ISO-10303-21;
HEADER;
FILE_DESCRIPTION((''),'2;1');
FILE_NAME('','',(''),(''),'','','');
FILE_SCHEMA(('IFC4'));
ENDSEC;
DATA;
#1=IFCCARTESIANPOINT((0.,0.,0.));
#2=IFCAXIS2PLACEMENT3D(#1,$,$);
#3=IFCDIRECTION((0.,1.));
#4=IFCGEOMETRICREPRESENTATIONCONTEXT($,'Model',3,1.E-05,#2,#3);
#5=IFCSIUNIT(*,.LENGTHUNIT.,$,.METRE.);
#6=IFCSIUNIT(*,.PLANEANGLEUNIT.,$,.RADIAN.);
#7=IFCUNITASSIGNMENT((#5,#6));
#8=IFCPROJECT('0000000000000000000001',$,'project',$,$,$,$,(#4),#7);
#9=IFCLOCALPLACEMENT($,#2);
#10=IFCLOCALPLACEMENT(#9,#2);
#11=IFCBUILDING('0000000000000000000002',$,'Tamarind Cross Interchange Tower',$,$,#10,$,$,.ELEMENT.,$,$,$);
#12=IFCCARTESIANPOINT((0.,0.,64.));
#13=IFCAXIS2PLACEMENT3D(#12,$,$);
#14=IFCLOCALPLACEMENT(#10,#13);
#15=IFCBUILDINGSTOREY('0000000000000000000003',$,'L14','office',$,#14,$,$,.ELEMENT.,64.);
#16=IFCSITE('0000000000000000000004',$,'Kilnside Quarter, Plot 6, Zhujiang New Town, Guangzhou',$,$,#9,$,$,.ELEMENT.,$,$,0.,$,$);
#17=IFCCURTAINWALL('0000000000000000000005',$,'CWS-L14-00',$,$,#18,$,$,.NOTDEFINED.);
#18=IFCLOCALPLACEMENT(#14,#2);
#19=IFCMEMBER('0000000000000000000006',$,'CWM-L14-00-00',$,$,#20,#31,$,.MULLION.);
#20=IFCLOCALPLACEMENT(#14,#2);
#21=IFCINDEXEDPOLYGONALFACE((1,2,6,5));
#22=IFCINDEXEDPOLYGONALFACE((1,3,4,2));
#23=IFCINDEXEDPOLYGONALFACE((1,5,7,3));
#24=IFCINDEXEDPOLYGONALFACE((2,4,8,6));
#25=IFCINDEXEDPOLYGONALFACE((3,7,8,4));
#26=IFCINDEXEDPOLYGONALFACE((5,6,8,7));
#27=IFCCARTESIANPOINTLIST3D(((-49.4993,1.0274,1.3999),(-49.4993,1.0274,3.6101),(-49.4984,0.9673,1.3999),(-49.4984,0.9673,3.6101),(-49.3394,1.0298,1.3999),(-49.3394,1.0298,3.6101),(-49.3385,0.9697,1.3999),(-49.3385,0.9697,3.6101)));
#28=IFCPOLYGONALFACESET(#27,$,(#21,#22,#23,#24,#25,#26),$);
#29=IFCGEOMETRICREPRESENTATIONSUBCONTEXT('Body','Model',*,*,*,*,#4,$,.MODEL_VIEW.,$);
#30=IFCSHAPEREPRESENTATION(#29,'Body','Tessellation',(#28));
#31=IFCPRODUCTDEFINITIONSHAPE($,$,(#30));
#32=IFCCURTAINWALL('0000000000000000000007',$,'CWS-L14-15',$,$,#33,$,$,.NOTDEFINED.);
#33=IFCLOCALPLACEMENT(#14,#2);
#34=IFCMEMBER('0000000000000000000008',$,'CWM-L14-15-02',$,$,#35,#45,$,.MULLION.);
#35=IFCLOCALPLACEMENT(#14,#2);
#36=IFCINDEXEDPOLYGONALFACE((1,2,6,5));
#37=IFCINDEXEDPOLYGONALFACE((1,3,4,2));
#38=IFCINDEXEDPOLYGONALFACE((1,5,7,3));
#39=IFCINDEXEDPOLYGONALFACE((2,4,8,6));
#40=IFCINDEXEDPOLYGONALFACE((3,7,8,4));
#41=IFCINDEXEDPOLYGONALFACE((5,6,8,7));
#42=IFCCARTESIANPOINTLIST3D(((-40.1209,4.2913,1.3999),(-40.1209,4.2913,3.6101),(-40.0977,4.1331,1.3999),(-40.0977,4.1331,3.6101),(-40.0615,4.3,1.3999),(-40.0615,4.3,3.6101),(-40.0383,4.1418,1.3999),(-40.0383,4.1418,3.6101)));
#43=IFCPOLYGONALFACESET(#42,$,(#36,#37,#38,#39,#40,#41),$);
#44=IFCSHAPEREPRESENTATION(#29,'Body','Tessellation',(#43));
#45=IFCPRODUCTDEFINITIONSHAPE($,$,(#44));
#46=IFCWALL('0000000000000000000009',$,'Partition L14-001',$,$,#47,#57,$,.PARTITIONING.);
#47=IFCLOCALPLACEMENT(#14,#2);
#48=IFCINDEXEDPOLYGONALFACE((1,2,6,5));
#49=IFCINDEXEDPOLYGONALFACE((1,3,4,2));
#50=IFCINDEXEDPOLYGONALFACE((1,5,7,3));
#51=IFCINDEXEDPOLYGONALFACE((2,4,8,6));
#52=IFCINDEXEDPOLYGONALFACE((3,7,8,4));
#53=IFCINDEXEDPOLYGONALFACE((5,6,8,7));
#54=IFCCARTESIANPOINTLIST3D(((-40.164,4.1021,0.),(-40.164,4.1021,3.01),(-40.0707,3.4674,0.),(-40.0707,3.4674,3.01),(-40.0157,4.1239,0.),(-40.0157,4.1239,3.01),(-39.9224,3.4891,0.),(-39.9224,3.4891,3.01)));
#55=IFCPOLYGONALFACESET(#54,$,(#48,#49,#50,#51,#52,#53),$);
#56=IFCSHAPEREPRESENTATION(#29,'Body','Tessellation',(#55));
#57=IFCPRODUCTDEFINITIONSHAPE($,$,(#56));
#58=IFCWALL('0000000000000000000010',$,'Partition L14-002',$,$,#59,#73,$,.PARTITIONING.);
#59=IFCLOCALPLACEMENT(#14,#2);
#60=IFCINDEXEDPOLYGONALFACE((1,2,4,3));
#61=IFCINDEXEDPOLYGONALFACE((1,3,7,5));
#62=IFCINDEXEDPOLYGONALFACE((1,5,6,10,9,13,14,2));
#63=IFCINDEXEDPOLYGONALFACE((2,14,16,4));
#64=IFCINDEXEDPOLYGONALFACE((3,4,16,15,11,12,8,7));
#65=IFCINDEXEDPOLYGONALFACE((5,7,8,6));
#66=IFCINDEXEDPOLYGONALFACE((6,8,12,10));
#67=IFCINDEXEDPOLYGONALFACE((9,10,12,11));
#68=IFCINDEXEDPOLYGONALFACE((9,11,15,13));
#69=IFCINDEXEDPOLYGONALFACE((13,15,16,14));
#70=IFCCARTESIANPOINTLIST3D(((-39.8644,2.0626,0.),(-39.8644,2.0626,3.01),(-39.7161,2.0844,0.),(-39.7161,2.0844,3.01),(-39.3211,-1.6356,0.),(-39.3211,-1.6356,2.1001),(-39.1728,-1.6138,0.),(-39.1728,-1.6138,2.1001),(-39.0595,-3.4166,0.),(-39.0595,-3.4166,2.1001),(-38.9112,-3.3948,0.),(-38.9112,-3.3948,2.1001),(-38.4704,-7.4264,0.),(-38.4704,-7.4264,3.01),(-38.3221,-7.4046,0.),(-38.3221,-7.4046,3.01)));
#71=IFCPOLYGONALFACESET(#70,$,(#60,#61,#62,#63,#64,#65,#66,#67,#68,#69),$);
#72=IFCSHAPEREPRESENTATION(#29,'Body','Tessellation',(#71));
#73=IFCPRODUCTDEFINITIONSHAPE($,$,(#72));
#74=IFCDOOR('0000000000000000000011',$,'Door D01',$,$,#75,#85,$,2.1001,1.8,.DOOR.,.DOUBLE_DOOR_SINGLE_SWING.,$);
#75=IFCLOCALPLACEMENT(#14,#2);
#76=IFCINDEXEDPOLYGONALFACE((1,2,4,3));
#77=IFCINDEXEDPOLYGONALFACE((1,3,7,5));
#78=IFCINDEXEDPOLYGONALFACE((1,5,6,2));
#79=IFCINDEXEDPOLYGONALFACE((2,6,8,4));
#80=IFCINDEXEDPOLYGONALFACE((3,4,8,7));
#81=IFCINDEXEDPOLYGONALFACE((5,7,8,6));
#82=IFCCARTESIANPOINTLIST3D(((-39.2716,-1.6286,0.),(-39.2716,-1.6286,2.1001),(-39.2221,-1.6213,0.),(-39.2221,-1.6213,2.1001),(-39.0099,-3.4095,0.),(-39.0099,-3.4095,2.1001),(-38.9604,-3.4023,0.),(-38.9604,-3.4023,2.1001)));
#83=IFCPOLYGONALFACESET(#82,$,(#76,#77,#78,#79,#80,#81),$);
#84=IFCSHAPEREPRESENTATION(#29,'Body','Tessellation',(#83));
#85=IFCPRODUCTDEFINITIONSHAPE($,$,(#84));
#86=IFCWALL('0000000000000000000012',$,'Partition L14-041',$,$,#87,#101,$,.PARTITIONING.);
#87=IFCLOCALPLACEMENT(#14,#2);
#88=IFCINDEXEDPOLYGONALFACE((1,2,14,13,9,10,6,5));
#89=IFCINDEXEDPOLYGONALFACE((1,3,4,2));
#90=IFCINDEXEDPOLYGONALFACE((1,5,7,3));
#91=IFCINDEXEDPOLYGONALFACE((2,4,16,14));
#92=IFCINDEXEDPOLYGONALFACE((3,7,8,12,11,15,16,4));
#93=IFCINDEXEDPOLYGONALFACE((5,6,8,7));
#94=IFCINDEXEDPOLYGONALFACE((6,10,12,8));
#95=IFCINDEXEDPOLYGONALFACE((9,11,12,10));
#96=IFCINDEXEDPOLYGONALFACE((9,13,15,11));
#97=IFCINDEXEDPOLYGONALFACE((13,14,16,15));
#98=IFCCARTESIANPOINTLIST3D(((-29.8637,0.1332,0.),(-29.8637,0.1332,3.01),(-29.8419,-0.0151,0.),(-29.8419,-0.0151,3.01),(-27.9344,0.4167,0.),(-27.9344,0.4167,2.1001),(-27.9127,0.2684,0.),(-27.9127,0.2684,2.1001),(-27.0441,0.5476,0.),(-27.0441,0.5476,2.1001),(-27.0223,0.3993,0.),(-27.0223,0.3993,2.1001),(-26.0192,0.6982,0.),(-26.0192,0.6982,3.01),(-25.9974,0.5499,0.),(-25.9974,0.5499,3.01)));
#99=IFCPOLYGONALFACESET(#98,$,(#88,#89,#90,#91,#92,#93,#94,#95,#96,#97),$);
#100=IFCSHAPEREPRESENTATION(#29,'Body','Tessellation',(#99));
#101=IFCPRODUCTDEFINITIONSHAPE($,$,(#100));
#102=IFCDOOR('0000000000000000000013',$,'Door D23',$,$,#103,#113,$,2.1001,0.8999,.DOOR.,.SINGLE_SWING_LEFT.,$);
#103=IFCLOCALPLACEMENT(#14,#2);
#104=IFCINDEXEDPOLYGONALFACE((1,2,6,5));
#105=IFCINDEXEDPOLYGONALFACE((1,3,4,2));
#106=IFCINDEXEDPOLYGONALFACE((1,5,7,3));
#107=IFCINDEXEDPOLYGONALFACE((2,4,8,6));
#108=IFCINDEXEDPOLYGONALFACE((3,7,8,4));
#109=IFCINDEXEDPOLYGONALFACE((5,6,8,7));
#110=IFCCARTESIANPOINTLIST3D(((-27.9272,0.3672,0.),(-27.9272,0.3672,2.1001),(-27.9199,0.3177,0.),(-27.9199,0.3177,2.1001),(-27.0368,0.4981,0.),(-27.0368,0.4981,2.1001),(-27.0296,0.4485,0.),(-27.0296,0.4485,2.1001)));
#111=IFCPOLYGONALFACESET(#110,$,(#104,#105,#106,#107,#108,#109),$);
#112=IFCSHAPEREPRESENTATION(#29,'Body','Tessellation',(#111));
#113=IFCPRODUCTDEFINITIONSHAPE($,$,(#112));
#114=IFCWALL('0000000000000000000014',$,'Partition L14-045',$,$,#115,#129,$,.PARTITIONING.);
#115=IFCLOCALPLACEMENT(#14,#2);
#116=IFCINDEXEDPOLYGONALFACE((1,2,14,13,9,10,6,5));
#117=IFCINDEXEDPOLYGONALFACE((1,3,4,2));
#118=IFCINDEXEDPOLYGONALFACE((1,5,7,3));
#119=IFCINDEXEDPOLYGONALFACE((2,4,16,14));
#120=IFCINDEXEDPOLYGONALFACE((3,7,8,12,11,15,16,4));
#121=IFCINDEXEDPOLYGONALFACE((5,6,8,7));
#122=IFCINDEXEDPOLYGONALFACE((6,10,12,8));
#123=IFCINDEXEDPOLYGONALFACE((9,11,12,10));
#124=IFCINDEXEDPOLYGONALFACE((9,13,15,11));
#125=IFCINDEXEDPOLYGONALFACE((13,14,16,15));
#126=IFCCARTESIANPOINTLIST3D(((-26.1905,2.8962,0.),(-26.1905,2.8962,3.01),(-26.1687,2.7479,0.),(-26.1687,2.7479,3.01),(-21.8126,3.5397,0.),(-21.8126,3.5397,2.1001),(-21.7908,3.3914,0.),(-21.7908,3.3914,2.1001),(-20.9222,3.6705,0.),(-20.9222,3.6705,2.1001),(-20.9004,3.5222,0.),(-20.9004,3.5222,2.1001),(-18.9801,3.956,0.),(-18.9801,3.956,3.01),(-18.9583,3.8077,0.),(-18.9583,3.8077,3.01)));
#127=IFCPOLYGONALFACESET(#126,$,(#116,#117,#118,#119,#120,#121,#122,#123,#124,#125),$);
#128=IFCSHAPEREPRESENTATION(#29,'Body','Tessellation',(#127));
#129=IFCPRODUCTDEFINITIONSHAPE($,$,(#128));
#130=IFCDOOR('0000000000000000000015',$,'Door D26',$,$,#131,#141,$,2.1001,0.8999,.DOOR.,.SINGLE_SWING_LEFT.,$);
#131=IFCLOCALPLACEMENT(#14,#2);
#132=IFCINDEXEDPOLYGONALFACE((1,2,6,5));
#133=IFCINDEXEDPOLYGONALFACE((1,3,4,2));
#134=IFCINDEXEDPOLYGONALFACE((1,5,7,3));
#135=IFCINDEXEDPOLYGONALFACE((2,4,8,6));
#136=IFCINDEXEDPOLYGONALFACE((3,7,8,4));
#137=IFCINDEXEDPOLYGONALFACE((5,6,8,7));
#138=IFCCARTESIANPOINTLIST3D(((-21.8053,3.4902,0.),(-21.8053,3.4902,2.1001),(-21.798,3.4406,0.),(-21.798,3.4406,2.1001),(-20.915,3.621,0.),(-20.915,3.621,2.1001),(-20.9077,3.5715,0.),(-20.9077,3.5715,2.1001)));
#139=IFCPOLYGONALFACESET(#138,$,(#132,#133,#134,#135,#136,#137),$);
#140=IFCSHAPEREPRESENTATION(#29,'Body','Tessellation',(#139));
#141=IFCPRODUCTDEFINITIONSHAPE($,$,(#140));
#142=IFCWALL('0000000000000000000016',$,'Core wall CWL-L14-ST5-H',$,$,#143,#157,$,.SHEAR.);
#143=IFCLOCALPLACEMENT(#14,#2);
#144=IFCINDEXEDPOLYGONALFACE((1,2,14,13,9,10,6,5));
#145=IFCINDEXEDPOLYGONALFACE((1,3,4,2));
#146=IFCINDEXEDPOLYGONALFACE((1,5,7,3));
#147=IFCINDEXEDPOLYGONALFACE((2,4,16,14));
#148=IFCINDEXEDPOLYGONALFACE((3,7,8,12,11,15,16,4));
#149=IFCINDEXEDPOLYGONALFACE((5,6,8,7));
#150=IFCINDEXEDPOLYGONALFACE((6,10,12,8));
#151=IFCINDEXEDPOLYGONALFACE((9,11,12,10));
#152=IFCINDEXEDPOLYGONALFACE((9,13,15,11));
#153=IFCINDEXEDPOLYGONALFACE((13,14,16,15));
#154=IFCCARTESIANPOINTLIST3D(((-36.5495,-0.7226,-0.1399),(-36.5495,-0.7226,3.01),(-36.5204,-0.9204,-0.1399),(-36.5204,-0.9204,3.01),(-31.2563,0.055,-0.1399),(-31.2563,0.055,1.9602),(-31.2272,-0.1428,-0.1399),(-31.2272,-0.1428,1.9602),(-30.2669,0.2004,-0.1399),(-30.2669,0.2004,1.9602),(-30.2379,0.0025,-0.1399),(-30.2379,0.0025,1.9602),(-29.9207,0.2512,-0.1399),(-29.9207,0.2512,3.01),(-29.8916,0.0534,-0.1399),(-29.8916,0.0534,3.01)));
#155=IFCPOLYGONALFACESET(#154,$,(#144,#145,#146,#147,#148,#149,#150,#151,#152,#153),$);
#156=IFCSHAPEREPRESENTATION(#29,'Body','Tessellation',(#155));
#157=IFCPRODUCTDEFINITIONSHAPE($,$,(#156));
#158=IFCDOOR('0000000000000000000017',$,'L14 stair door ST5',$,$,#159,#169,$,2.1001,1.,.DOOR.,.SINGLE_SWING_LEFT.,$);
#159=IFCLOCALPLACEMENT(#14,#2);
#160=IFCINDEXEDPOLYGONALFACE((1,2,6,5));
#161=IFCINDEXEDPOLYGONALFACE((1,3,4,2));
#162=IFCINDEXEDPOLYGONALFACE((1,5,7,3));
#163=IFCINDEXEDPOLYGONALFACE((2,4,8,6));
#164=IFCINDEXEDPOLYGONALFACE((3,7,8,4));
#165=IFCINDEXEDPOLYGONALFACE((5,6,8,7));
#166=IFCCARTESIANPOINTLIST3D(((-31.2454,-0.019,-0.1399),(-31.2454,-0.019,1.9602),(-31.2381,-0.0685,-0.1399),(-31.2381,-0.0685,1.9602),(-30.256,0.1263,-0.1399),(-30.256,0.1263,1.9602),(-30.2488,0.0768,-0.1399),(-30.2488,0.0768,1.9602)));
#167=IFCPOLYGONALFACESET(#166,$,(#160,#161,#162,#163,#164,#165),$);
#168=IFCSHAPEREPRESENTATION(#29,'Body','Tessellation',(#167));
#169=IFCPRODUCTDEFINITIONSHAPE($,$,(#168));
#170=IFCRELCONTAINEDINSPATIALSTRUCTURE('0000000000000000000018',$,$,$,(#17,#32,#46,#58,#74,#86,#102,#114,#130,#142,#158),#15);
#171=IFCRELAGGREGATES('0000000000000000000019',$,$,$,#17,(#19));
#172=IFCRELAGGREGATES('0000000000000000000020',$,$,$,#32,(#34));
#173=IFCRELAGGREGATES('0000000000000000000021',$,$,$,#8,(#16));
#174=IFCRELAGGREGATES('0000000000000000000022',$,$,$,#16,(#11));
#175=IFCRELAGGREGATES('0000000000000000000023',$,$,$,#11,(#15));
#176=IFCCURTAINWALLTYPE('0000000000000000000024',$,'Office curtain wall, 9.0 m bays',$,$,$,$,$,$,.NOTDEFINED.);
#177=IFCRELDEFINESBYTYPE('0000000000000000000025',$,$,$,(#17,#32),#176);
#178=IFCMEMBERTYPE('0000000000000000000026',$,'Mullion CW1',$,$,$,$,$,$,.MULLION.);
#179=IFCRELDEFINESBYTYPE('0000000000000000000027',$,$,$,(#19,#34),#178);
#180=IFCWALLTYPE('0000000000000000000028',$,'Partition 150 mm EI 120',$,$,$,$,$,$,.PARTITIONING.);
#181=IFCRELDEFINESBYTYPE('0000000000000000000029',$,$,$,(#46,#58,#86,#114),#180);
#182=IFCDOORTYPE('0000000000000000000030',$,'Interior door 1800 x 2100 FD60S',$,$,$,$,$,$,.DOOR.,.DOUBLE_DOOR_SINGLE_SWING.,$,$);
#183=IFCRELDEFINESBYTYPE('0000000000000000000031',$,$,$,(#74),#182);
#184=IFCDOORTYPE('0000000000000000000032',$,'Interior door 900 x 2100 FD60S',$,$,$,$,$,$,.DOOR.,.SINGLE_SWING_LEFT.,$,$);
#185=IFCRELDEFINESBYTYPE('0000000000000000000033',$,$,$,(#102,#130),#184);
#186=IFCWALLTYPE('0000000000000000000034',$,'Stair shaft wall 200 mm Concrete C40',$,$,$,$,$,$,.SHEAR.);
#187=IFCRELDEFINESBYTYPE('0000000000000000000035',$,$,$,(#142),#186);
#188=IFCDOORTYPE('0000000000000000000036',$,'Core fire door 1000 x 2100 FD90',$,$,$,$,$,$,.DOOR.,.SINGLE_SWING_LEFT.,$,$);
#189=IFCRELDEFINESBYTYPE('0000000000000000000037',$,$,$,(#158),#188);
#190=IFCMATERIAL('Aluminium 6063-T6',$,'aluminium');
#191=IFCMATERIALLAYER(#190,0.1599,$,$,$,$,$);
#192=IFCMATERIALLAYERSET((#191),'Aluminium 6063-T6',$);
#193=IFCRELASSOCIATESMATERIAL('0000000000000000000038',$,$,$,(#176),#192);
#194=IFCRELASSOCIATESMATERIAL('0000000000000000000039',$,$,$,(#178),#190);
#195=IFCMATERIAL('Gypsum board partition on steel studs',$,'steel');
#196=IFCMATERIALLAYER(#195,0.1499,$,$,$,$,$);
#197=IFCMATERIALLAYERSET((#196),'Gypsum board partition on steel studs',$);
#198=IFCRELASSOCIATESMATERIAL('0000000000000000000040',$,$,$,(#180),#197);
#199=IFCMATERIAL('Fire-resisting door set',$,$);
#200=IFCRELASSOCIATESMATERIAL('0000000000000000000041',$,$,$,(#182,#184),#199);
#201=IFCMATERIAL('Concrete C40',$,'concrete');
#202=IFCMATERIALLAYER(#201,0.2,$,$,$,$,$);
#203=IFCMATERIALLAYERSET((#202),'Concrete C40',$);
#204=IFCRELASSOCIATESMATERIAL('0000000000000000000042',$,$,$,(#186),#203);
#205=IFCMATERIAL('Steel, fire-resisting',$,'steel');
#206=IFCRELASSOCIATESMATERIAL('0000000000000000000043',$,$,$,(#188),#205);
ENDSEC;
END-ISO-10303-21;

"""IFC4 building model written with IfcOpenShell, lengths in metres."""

from ifc_helpers import new_model, si_unit, direction, frame, frame_2d, origin, origin_2d, place, context, subcontext, project, spatial, rectangle, extrude, material, layer, layer_set, material_profile, profile_set, type_object, element, fill, aggregate, save


model = new_model("IFC4")

# Units and contexts
model_context = context("Model", 3, precision=1e-05, world=origin(), true_north=direction((0.0, 1.0)))
body_context = subcontext(model_context, "Body", "Model", "MODEL_VIEW")
ifc_project = project(units=[si_unit("LENGTHUNIT", "METRE"), si_unit("PLANEANGLEUNIT", "RADIAN")], contexts=[model_context])

# Site, building, storey
site_placement = place(None, origin())
site = spatial("IfcSite", under=ifc_project, at=site_placement, Name="Kilnside Quarter, Plot 6, Zhujiang New Town, Guangzhou", CompositionType="ELEMENT", RefElevation=0.0)
building_placement = place(site_placement, origin())
building = spatial("IfcBuilding", under=site, at=building_placement, Name="Tamarind Cross Interchange Tower", CompositionType="ELEMENT")
storey_placement = place(building_placement, frame((0.0, 0.0, 64.0)))
storey = spatial("IfcBuildingStorey", under=building, at=storey_placement, Name="L14", Description="office", CompositionType="ELEMENT", Elevation=64.0)

# Curtain walls, members
ifc_material_1 = material(Name="Aluminium 6063-T6", Category="aluminium")
ifc_layer_1 = layer(ifc_material_1, 0.1599)
ifc_layer_set_1 = layer_set([ifc_layer_1], Name="Aluminium 6063-T6")
curtain_wall_type = type_object("IfcCurtainWallType", Name="Office curtain wall, 9.0 m bays", PredefinedType="NOTDEFINED", material=ifc_layer_set_1)
curtain_wall_1_placement = place(storey_placement, origin())
curtain_wall_1 = element("IfcCurtainWall", 1, at=curtain_wall_1_placement, inside=storey, type_object=curtain_wall_type, Name="CWS-L14-00", PredefinedType="NOTDEFINED")
ifc_material_profile_1 = material_profile(ifc_material_1, rectangle(XDim=0.0601, YDim=0.1599, at=origin_2d()), Name="Mullion CW1")
ifc_profile_set_1 = profile_set([ifc_material_profile_1], Name="Aluminium 6063-T6")
member_type = type_object("IfcMemberType", Name="Mullion CW1", PredefinedType="MULLION", material=ifc_profile_set_1)
member_1_placement = place(storey_placement, frame((-49.4189, 0.9985, 1.3999), z_axis=(0.0, 0.0, 1.0), x_axis=(0.014981, -0.999888, 0.0)))
member_1 = element("IfcMember", 2, at=member_1_placement, type_object=member_type, Name="CWM-L14-00-00", PredefinedType="MULLION", context=body_context, shape_type="SweptSolid", body=[
    extrude(rectangle(XDim=0.0601, YDim=0.1599, at=origin_2d()), origin(), (0.0, 0.0, 1.0), 2.2102),
])
aggregate(curtain_wall_1, [member_1])
curtain_wall_2_placement = place(storey_placement, origin())
curtain_wall_2 = element("IfcCurtainWall", 3, at=curtain_wall_2_placement, inside=storey, type_object=curtain_wall_type, Name="CWS-L14-15", PredefinedType="NOTDEFINED")
member_2_placement = place(storey_placement, frame((-40.0796, 4.2166, 1.3999), z_axis=(0.0, 0.0, 1.0), x_axis=(-0.989378, -0.145365, 0.0)))
member_2 = element("IfcMember", 4, at=member_2_placement, type_object=member_type, Name="CWM-L14-15-02", PredefinedType="MULLION", context=body_context, shape_type="SweptSolid", body=[
    extrude(rectangle(XDim=0.0601, YDim=0.1599, at=origin_2d()), origin(), (0.0, 0.0, 1.0), 2.2102),
])
aggregate(curtain_wall_2, [member_2])

# Wall
ifc_material_2 = material(Name="Gypsum board partition on steel studs", Category="steel")
ifc_layer_2 = layer(ifc_material_2, 0.1499)
ifc_layer_set_2 = layer_set([ifc_layer_2], Name="Gypsum board partition on steel studs")
wall_type_1 = type_object("IfcWallType", Name="Partition 150 mm EI 120", PredefinedType="PARTITIONING", material=ifc_layer_set_2)
wall_1_placement = place(storey_placement, frame((-40.0898, 4.113, 0.0), z_axis=(0.0, 0.0, 1.0), x_axis=(0.145363, -0.989378, 0.0)))
element("IfcWall", 5, at=wall_1_placement, inside=storey, type_object=wall_type_1, Name="Partition L14-001", PredefinedType="PARTITIONING", context=body_context, shape_type="SweptSolid", body=[
    extrude(rectangle(XDim=0.6416, YDim=0.1499, at=frame_2d((0.3208, 0.0))), origin(), (0.0, 0.0, 1.0), 3.01),
])

# Walls, openings, doors
wall_2_placement = place(storey_placement, frame((-39.7903, 2.0735, 0.0), z_axis=(0.0, 0.0, 1.0), x_axis=(0.145351, -0.98938, 0.0)))
wall_2 = element("IfcWall", 6, at=wall_2_placement, inside=storey, type_object=wall_type_1, Name="Partition L14-002", PredefinedType="PARTITIONING", context=body_context, shape_type="SweptSolid", body=[
    extrude(rectangle(XDim=9.5908, YDim=0.1499, at=frame_2d((4.7954, 0.0))), origin(), (0.0, 0.0, 1.0), 3.01),
])
opening_1_placement = place(wall_2_placement, frame((3.738, 0.0, 0.0)))
opening_1 = element("IfcOpeningElement", 7, at=opening_1_placement, cuts=wall_2, PredefinedType="OPENING", context=body_context, shape_type="SweptSolid", body=[
    extrude(rectangle(XDim=1.8, YDim=2.1001, at=frame_2d((0.8999, 1.05))), frame((0.0, 0.085, 0.0), z_axis=(0.0, -1.0, 0.0), x_axis=(1.0, 0.0, 0.0)), (0.0, 0.0, 1.0), 0.1699),
])
ifc_material_3 = material(Name="Fire-resisting door set")
door_type_1 = type_object("IfcDoorType", Name="Interior door 1800 x 2100 FD60S", OperationType="DOUBLE_DOOR_SINGLE_SWING", PredefinedType="DOOR", material=ifc_material_3)
door_1_placement = place(opening_1_placement, frame((1.8, 0.0, 0.0), z_axis=(0.0, 0.0, 1.0), x_axis=(-1.0, 0.0, 0.0)))
door_1 = element("IfcDoor", 8, at=door_1_placement, inside=storey, type_object=door_type_1, Name="Door D01", OperationType="DOUBLE_DOOR_SINGLE_SWING", OverallHeight=2.1001, OverallWidth=1.8, PredefinedType="DOOR", context=body_context, shape_type="SweptSolid", body=[
    extrude(rectangle(XDim=1.8, YDim=2.1001, at=frame_2d((0.8999, 1.05))), frame((0.0, 0.0249, 0.0), z_axis=(0.0, -1.0, 0.0), x_axis=(1.0, 0.0, 0.0)), (0.0, 0.0, 1.0), 0.05),
])
fill(opening_1, door_1)
wall_3_placement = place(storey_placement, frame((-29.8528, 0.0591, 0.0), z_axis=(0.0, 0.0, 1.0), x_axis=(0.989375, 0.145387, 0.0)))
wall_3 = element("IfcWall", 9, at=wall_3_placement, inside=storey, type_object=wall_type_1, Name="Partition L14-041", PredefinedType="PARTITIONING", context=body_context, shape_type="SweptSolid", body=[
    extrude(rectangle(XDim=3.8857, YDim=0.1499, at=frame_2d((1.9429, 0.0))), origin(), (0.0, 0.0, 1.0), 3.01),
])
opening_2_placement = place(wall_3_placement, frame((1.95, 0.0, 0.0)))
opening_2 = element("IfcOpeningElement", 10, at=opening_2_placement, cuts=wall_3, PredefinedType="OPENING", context=body_context, shape_type="SweptSolid", body=[
    extrude(rectangle(XDim=0.8999, YDim=2.1001, at=frame_2d((0.45, 1.05))), frame((0.0, 0.085, 0.0), z_axis=(0.0, -1.0, 0.0), x_axis=(1.0, 0.0, 0.0)), (0.0, 0.0, 1.0), 0.1699),
])
door_type_2 = type_object("IfcDoorType", Name="Interior door 900 x 2100 FD60S", OperationType="SINGLE_SWING_LEFT", PredefinedType="DOOR", material=ifc_material_3)
door_2_placement = place(opening_2_placement, origin())
door_2 = element("IfcDoor", 11, at=door_2_placement, inside=storey, type_object=door_type_2, Name="Door D23", OperationType="SINGLE_SWING_LEFT", OverallHeight=2.1001, OverallWidth=0.8999, PredefinedType="DOOR", context=body_context, shape_type="SweptSolid", body=[
    extrude(rectangle(XDim=0.8999, YDim=2.1001, at=frame_2d((0.45, 1.05))), frame((0.0, 0.0249, 0.0), z_axis=(0.0, -1.0, 0.0), x_axis=(1.0, 0.0, 0.0)), (0.0, 0.0, 1.0), 0.05),
])
fill(opening_2, door_2)
wall_4_placement = place(storey_placement, frame((-26.1797, 2.822, 0.0), z_axis=(0.0, 0.0, 1.0), x_axis=(0.98937, 0.145421, 0.0)))
wall_4 = element("IfcWall", 12, at=wall_4_placement, inside=storey, type_object=wall_type_1, Name="Partition L14-045", PredefinedType="PARTITIONING", context=body_context, shape_type="SweptSolid", body=[
    extrude(rectangle(XDim=7.2878, YDim=0.1499, at=frame_2d((3.644, 0.0))), origin(), (0.0, 0.0, 1.0), 3.01),
])
opening_3_placement = place(wall_4_placement, frame((4.425, 0.0, 0.0)))
opening_3 = element("IfcOpeningElement", 13, at=opening_3_placement, cuts=wall_4, PredefinedType="OPENING", context=body_context, shape_type="SweptSolid", body=[
    extrude(rectangle(XDim=0.8999, YDim=2.1001, at=frame_2d((0.45, 1.05))), frame((0.0, 0.085, 0.0), z_axis=(0.0, -1.0, 0.0), x_axis=(1.0, 0.0, 0.0)), (0.0, 0.0, 1.0), 0.1699),
])
door_3_placement = place(opening_3_placement, origin())
door_3 = element("IfcDoor", 14, at=door_3_placement, inside=storey, type_object=door_type_2, Name="Door D26", OperationType="SINGLE_SWING_LEFT", OverallHeight=2.1001, OverallWidth=0.8999, PredefinedType="DOOR", context=body_context, shape_type="SweptSolid", body=[
    extrude(rectangle(XDim=0.8999, YDim=2.1001, at=frame_2d((0.45, 1.05))), frame((0.0, 0.0249, 0.0), z_axis=(0.0, -1.0, 0.0), x_axis=(1.0, 0.0, 0.0)), (0.0, 0.0, 1.0), 0.05),
])
fill(opening_3, door_3)
ifc_material_4 = material(Name="Concrete C40", Category="concrete")
ifc_layer_3 = layer(ifc_material_4, 0.2)
ifc_layer_set_3 = layer_set([ifc_layer_3], Name="Concrete C40")
wall_type_2 = type_object("IfcWallType", Name="Stair shaft wall 200 mm Concrete C40", PredefinedType="SHEAR", material=ifc_layer_set_3)
wall_5_placement = place(storey_placement, frame((-29.906, 0.1523, -0.1399), z_axis=(0.0, 0.0, 1.0), x_axis=(-0.98938, -0.145353, 0.0)))
wall_5 = element("IfcWall", 15, at=wall_5_placement, inside=storey, type_object=wall_type_2, Name="Core wall CWL-L14-ST5-H", PredefinedType="SHEAR", context=body_context, shape_type="SweptSolid", body=[
    extrude(rectangle(XDim=6.7, YDim=0.2, at=frame_2d((3.3501, 0.0))), origin(), (0.0, 0.0, 1.0), 3.1499),
])
opening_4_placement = place(wall_5_placement, frame((0.3501, 0.0, 0.0)))
opening_4 = element("IfcOpeningElement", 16, at=opening_4_placement, cuts=wall_5, PredefinedType="OPENING", context=body_context, shape_type="SweptSolid", body=[
    extrude(rectangle(XDim=1.0, YDim=2.1001, at=frame_2d((0.5, 1.05))), frame((0.0, 0.1099, 0.0), z_axis=(0.0, -1.0, 0.0), x_axis=(1.0, 0.0, 0.0)), (0.0, 0.0, 1.0), 0.22),
])
ifc_material_5 = material(Name="Steel, fire-resisting", Category="steel")
door_type_3 = type_object("IfcDoorType", Name="Core fire door 1000 x 2100 FD90", OperationType="SINGLE_SWING_LEFT", PredefinedType="DOOR", material=ifc_material_5)
door_4_placement = place(opening_4_placement, origin())
door_4 = element("IfcDoor", 17, at=door_4_placement, inside=storey, type_object=door_type_3, Name="L14 stair door ST5", OperationType="SINGLE_SWING_LEFT", OverallHeight=2.1001, OverallWidth=1.0, PredefinedType="DOOR", context=body_context, shape_type="SweptSolid", body=[
    extrude(rectangle(XDim=1.0, YDim=2.1001, at=frame_2d((0.5, 1.05))), frame((0.0, 0.0249, 0.0), z_axis=(0.0, -1.0, 0.0), x_axis=(1.0, 0.0, 0.0)), (0.0, 0.0, 1.0), 0.05),
])
fill(opening_4, door_4)

save(model, "model.ifc")
